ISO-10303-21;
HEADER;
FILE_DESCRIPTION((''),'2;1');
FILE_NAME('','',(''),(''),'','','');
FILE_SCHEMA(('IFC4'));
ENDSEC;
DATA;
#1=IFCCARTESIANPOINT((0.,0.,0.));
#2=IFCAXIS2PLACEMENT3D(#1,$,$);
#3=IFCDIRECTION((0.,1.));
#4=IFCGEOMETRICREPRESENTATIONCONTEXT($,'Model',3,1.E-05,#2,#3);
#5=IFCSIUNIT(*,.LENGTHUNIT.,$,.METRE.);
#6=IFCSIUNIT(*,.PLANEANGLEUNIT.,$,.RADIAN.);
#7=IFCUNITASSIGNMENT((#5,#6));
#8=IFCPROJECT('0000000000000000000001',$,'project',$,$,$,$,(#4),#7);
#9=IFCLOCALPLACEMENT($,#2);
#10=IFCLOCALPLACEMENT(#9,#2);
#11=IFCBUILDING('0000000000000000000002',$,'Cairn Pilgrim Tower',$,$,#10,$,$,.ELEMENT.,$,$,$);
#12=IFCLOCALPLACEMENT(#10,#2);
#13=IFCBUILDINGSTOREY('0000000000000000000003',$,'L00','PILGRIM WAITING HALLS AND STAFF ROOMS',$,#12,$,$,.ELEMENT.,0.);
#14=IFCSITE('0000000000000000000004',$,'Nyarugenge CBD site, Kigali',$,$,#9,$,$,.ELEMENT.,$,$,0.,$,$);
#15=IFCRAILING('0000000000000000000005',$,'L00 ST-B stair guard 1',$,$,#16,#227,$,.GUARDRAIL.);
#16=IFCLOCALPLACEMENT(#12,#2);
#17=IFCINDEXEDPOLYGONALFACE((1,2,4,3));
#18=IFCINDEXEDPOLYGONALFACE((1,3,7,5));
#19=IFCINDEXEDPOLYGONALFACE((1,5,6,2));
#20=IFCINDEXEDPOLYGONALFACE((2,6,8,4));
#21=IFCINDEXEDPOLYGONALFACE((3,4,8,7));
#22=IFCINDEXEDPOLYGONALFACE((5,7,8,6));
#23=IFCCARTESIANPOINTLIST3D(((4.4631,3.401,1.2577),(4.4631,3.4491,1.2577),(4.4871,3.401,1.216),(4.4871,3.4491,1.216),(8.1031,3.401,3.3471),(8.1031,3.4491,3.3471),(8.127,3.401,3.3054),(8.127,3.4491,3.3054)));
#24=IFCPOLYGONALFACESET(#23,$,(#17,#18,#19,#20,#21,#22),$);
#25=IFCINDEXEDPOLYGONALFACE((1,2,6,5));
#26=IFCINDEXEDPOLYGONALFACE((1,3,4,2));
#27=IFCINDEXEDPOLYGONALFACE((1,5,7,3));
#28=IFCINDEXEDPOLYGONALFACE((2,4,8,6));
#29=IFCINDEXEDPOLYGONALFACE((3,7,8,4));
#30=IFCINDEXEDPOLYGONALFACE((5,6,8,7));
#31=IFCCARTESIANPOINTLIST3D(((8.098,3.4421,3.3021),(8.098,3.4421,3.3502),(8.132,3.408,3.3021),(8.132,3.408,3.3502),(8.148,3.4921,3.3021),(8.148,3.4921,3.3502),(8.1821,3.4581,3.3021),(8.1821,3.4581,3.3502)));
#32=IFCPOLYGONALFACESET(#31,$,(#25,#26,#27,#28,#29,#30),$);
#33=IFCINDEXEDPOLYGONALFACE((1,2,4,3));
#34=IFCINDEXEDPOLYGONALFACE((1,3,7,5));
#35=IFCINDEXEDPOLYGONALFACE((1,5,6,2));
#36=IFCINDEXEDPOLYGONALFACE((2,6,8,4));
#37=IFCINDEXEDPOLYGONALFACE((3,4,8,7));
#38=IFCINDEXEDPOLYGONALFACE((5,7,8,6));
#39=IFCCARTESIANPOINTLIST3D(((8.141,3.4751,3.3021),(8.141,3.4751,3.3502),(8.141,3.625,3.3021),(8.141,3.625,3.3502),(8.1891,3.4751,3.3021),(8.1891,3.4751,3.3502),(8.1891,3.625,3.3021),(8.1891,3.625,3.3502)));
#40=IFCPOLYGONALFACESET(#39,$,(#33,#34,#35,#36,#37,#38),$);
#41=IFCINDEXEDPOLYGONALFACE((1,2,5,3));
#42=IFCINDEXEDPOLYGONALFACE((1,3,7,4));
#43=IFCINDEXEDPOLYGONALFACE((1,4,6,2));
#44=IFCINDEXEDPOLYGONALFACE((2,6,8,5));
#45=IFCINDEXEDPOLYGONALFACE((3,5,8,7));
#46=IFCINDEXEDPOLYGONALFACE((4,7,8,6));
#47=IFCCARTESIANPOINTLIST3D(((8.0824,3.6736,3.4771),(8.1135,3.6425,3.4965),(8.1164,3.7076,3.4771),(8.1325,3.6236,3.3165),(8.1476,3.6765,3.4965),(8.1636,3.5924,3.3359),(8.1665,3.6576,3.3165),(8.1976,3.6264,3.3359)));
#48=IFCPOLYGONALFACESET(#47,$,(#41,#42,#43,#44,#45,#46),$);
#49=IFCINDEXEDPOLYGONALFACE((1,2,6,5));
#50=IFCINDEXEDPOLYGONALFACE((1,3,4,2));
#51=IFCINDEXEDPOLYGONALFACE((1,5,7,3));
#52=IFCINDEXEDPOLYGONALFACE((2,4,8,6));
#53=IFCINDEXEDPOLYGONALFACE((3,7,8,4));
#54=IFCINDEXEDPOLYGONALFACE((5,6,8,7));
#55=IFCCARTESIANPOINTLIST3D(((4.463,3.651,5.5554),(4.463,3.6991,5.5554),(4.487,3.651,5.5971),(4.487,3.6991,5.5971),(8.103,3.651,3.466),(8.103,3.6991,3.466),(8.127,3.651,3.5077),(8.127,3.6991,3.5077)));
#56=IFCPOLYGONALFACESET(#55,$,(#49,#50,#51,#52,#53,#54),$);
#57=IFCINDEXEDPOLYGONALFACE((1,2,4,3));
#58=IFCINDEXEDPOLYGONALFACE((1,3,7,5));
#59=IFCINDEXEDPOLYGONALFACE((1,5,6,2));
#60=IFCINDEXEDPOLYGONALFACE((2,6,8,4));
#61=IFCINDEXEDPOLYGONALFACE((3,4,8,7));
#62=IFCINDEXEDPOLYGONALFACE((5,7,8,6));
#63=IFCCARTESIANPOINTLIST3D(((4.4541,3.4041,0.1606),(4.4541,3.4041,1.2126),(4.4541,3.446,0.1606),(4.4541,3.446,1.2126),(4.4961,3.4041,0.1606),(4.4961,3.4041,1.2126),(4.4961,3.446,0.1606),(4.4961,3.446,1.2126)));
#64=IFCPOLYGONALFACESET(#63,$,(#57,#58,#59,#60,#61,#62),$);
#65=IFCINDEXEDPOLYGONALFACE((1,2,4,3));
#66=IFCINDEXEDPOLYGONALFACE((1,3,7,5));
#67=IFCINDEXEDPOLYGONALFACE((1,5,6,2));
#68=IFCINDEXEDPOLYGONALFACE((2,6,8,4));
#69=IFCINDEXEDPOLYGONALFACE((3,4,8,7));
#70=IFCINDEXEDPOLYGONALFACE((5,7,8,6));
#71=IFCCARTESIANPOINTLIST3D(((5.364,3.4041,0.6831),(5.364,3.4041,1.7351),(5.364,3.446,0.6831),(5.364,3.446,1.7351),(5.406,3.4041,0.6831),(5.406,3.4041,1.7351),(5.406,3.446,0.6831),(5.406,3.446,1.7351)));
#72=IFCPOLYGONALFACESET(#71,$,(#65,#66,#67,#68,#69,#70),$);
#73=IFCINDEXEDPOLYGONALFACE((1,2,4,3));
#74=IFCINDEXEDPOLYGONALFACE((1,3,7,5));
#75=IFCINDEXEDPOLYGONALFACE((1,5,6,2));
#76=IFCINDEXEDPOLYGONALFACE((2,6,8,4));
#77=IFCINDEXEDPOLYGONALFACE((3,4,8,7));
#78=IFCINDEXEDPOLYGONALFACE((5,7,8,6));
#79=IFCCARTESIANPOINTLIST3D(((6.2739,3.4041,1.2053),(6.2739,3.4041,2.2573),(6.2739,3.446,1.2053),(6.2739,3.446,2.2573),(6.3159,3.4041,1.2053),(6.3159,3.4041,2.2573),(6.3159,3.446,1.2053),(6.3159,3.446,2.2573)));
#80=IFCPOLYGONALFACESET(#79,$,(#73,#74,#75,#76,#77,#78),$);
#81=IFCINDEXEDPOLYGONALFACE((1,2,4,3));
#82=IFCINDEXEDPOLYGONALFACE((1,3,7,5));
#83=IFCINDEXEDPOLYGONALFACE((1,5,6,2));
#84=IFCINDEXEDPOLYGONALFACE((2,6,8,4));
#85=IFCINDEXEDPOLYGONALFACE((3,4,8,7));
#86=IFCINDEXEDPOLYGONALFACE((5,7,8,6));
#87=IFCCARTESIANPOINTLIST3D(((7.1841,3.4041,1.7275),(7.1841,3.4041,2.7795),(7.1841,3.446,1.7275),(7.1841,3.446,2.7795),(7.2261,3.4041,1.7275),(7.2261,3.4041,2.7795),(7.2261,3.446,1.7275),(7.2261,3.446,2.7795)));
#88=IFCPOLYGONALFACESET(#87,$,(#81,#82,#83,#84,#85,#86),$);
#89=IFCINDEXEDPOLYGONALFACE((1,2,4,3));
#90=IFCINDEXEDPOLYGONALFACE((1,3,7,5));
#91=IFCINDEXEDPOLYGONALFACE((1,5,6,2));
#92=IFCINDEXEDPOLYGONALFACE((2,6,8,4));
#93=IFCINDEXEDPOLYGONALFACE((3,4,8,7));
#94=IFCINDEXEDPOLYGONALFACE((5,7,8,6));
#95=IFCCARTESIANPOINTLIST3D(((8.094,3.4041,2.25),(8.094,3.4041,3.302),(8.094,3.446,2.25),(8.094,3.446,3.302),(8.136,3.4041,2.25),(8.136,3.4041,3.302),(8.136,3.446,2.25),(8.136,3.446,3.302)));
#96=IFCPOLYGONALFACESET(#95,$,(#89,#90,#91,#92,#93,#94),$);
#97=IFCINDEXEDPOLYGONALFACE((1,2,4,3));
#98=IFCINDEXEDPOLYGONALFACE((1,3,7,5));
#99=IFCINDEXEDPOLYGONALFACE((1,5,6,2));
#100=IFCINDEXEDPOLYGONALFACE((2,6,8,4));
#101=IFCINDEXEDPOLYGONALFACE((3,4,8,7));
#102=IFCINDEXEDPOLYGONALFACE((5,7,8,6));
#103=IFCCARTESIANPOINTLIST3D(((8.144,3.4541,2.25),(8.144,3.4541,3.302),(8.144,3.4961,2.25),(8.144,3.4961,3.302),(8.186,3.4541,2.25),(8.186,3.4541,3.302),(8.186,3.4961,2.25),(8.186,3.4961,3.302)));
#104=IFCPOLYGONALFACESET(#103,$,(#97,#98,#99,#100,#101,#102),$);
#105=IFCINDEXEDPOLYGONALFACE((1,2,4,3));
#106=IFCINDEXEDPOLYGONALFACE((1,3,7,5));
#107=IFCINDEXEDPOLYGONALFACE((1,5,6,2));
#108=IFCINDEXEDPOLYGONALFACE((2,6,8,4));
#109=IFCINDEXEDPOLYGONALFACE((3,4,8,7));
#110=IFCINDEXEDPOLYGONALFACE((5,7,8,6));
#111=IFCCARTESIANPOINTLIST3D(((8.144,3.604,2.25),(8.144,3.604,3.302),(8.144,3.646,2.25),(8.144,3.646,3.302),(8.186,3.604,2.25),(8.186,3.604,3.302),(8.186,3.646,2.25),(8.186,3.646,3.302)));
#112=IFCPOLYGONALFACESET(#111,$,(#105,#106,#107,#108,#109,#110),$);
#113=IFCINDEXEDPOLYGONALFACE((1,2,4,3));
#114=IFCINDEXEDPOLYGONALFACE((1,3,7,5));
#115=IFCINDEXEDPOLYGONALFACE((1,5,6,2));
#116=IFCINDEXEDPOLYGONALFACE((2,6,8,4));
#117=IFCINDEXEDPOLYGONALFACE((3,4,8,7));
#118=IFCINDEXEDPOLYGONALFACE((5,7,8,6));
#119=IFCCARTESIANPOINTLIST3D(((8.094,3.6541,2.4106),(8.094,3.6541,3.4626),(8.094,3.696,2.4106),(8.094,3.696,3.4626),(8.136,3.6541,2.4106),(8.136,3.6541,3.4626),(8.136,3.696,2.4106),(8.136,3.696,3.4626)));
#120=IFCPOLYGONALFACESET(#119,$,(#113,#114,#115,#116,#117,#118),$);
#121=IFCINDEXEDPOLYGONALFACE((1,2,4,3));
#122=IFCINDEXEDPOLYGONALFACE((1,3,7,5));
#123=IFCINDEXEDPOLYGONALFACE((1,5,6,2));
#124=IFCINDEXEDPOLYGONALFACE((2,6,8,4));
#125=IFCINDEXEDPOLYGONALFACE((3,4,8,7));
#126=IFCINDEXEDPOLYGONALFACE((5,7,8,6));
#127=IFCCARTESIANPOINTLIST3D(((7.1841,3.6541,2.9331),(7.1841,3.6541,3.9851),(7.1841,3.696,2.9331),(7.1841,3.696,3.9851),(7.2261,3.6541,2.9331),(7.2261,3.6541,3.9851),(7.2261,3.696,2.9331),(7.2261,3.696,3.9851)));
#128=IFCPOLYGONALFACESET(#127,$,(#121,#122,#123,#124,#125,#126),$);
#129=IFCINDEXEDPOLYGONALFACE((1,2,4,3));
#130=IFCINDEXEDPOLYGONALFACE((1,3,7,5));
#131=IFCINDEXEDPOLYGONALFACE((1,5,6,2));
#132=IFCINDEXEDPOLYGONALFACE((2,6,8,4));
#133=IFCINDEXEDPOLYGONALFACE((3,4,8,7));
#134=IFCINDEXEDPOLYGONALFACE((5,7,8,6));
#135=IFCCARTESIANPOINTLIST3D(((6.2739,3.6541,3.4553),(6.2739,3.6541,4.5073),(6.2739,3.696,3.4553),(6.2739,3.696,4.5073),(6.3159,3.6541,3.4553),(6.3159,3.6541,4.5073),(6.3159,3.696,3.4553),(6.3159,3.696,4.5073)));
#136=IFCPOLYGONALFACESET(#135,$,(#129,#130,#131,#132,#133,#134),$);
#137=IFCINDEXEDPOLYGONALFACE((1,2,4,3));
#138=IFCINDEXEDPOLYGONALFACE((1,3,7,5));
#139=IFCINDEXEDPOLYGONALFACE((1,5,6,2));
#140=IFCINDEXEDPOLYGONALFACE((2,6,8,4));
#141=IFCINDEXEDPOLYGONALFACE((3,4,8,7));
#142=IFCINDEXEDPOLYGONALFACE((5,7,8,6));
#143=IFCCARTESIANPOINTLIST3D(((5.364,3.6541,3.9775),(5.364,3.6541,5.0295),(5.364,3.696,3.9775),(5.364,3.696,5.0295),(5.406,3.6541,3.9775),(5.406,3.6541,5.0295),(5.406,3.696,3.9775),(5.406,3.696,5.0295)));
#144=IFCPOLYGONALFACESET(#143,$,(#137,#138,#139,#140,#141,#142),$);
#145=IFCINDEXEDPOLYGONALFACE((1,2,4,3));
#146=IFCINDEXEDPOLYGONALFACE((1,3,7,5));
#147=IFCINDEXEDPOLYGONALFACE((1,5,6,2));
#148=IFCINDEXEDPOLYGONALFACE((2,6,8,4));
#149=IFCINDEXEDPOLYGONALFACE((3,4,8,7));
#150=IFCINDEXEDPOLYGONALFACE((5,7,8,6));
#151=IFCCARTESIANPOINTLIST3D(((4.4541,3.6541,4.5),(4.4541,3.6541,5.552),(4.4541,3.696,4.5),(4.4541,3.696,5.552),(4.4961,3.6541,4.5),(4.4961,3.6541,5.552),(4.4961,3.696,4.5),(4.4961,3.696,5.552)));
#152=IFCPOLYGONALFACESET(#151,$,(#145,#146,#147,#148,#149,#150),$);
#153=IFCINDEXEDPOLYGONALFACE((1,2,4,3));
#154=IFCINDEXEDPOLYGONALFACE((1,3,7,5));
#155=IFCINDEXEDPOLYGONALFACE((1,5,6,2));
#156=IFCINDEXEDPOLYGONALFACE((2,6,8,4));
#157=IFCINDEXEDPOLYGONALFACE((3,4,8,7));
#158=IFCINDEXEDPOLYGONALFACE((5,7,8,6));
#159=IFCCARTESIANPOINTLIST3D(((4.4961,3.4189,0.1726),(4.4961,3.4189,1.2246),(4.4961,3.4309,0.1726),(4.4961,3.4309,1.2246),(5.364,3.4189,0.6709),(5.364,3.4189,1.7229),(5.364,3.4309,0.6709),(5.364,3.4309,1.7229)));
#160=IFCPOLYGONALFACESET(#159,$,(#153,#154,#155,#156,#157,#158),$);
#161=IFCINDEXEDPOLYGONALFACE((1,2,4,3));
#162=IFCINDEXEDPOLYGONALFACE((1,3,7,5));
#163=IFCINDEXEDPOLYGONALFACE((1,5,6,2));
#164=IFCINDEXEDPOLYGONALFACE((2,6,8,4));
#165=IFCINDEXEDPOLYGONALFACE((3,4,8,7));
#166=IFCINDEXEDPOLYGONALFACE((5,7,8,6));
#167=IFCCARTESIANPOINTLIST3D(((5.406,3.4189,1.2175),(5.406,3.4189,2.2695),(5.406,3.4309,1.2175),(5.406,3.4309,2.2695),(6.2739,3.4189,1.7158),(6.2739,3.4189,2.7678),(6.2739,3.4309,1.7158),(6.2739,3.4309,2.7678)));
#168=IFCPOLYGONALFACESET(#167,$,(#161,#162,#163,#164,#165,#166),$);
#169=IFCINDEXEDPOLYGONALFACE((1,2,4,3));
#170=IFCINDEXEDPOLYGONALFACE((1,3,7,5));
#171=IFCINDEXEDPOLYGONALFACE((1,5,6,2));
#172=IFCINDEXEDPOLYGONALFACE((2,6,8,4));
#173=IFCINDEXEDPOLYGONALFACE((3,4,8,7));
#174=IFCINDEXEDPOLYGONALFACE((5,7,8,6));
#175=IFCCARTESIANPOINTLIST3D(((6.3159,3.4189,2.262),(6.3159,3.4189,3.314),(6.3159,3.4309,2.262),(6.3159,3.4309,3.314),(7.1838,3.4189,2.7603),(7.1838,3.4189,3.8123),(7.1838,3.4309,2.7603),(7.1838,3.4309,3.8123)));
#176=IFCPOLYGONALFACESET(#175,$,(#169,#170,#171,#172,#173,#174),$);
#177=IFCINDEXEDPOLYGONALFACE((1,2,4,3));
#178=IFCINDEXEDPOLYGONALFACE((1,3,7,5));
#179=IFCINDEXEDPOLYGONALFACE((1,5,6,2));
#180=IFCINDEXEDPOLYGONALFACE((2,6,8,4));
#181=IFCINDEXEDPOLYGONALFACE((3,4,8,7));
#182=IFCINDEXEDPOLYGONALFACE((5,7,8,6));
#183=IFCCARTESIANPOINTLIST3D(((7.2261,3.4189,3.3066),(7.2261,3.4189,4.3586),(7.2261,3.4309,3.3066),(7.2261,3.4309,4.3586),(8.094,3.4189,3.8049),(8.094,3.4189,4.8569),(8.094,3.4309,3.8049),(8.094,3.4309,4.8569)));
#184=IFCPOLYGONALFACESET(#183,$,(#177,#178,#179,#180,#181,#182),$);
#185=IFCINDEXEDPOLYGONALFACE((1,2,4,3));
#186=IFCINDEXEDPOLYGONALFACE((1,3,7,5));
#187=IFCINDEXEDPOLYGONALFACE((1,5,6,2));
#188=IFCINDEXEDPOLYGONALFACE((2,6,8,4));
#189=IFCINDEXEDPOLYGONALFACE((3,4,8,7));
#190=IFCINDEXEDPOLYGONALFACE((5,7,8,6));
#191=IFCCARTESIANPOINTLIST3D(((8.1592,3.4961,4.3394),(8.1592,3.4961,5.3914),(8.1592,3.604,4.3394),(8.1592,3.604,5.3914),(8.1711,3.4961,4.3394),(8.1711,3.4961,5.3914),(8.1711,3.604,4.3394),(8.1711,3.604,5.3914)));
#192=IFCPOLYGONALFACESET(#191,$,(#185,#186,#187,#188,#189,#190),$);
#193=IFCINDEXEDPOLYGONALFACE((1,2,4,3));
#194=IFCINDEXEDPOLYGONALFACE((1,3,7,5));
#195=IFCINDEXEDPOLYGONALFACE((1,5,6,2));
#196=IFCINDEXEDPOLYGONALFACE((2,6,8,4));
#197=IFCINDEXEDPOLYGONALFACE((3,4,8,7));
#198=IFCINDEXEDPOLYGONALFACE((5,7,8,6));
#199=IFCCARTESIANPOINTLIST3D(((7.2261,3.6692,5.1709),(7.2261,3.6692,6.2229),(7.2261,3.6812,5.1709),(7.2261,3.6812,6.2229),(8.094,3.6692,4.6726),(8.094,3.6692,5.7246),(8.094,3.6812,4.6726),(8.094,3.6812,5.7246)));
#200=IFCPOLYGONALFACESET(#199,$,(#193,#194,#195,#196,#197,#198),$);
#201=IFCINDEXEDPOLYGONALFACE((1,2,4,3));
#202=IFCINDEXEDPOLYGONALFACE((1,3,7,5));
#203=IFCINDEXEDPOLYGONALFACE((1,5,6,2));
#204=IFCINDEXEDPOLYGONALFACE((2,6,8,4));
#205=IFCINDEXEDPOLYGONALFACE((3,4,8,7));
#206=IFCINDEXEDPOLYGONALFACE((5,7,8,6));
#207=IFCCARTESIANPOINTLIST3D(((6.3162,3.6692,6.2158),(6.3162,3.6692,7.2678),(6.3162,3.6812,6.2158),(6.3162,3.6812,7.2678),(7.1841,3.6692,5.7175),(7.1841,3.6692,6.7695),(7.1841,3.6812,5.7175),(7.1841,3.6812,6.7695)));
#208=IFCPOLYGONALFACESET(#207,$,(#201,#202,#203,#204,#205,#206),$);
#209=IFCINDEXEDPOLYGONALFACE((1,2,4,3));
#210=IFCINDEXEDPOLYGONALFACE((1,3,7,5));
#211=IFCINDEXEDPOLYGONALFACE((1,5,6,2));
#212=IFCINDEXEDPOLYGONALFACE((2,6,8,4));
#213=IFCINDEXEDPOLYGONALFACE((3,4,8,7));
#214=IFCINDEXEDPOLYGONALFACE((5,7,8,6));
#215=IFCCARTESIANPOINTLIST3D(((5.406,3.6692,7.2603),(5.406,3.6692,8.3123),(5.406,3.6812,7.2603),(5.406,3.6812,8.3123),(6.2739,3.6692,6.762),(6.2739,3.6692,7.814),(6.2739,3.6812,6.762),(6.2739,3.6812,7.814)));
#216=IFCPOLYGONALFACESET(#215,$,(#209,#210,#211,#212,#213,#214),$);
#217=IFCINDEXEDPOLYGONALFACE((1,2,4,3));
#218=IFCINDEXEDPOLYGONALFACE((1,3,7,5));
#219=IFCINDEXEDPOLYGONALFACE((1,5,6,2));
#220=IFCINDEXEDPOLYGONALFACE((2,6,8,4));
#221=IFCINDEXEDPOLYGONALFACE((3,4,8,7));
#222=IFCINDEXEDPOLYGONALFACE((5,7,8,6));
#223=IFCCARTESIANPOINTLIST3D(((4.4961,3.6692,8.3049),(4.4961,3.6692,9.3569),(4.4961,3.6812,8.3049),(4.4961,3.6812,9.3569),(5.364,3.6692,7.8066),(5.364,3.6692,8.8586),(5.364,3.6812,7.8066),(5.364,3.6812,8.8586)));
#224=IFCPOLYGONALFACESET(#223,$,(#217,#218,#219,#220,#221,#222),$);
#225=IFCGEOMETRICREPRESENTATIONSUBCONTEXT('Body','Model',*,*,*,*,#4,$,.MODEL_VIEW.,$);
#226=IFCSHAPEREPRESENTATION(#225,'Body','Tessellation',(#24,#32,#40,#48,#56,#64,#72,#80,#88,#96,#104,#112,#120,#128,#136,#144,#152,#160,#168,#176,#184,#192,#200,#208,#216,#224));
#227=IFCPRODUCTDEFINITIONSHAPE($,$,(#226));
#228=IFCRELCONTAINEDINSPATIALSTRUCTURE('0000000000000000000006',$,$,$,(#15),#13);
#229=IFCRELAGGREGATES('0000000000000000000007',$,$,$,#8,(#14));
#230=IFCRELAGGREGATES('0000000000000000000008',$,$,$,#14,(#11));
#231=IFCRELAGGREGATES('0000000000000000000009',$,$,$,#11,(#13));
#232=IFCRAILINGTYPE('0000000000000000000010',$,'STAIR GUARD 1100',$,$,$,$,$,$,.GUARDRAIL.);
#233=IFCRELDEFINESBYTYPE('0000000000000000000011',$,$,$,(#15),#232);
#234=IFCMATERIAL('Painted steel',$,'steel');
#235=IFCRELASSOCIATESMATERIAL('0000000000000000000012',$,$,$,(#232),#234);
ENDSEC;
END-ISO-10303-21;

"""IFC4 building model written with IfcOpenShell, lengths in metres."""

from ifc_helpers import new_model, si_unit, direction, frame, origin, origin_2d, place, context, subcontext, project, spatial, polyline, rectangle, outline, extrude, material, type_object, element, save


model = new_model("IFC4")

# Units and contexts
model_context = context("Model", 3, precision=1e-05, world=origin(), true_north=direction((0.0, 1.0)))
body_context = subcontext(model_context, "Body", "Model", "MODEL_VIEW")
ifc_project = project(units=[si_unit("LENGTHUNIT", "METRE"), si_unit("PLANEANGLEUNIT", "RADIAN")], contexts=[model_context])

# Site, building, storey
site_placement = place(None, origin())
site = spatial("IfcSite", under=ifc_project, at=site_placement, Name="Nyarugenge CBD site, Kigali", CompositionType="ELEMENT", RefElevation=0.0)
building_placement = place(site_placement, origin())
building = spatial("IfcBuilding", under=site, at=building_placement, Name="Cairn Pilgrim Tower", CompositionType="ELEMENT")
storey_placement = place(building_placement, origin())
storey = spatial("IfcBuildingStorey", under=building, at=storey_placement, Name="L00", Description="PILGRIM WAITING HALLS AND STAFF ROOMS", CompositionType="ELEMENT", Elevation=0.0)

# Shared definitions
ifc_material_1 = material(Name="Painted steel", Category="steel")

# Railing
railing_type_1 = type_object("IfcRailingType", Name="STAIR GUARD 1100", PredefinedType="GUARDRAIL", material=ifc_material_1)
railing_1_placement = place(storey_placement, frame((4.4751, 3.425, 0.1606)))
element("IfcRailing", 1, at=railing_1_placement, inside=storey, type_object=railing_type_1, Name="L00 ST-B stair guard 1", PredefinedType="GUARDRAIL", context=body_context, shape_type="SweptSolid", body=[
    extrude(rectangle(XDim=0.0481, YDim=0.0481, at=origin_2d()), frame((0.0, 0.0, 1.0762), z_axis=(0.867275, 0.0, 0.497829), x_axis=(0.0, 1.0, 0.0)), (0.0, 0.0, 1.0), 4.197),
    extrude(rectangle(XDim=0.0481, YDim=0.0481, at=origin_2d()), frame((3.6399, 0.0, 3.1655), z_axis=(0.707107, 0.707107, 0.0), x_axis=(-0.707107, 0.707107, 0.0)), (0.0, 0.0, 1.0), 0.0708),
    extrude(rectangle(XDim=0.0481, YDim=0.0481, at=origin_2d()), frame((3.6899, 0.05, 3.1655), z_axis=(0.0, 1.0, 0.0), x_axis=(-1.0, 0.0, 0.0)), (0.0, 0.0, 1.0), 0.1499),
    extrude(rectangle(XDim=0.0481, YDim=0.0481, at=origin_2d()), frame((3.6899, 0.2, 3.1655), z_axis=(-0.285104, 0.285104, 0.915113), x_axis=(-0.707107, -0.707107, 0.0)), (0.0, 0.0, 1.0), 0.1755),
    extrude(rectangle(XDim=0.0481, YDim=0.0481, at=origin_2d()), frame((3.6399, 0.25, 3.3262), z_axis=(-0.867275, 0.0, 0.497829), x_axis=(0.0, -1.0, 0.0)), (0.0, 0.0, 1.0), 4.197),
    extrude(rectangle(XDim=0.042, YDim=0.042, at=origin_2d()), origin(), (0.0, 0.0, 1.0), 1.052),
    extrude(rectangle(XDim=0.042, YDim=0.042, at=origin_2d()), frame((0.9099, 0.0, 0.5225)), (0.0, 0.0, 1.0), 1.052),
    extrude(rectangle(XDim=0.042, YDim=0.042, at=origin_2d()), frame((1.8198, 0.0, 1.0447)), (0.0, 0.0, 1.0), 1.052),
    extrude(rectangle(XDim=0.042, YDim=0.042, at=origin_2d()), frame((2.73, 0.0, 1.5669)), (0.0, 0.0, 1.0), 1.052),
    extrude(rectangle(XDim=0.042, YDim=0.042, at=origin_2d()), frame((3.6399, 0.0, 2.0894)), (0.0, 0.0, 1.0), 1.052),
    extrude(rectangle(XDim=0.042, YDim=0.042, at=origin_2d()), frame((3.6899, 0.05, 2.0894)), (0.0, 0.0, 1.0), 1.052),
    extrude(rectangle(XDim=0.042, YDim=0.042, at=origin_2d()), frame((3.6899, 0.2, 2.0894)), (0.0, 0.0, 1.0), 1.052),
    extrude(rectangle(XDim=0.042, YDim=0.042, at=origin_2d()), frame((3.6399, 0.25, 2.25)), (0.0, 0.0, 1.0), 1.052),
    extrude(rectangle(XDim=0.042, YDim=0.042, at=origin_2d()), frame((2.73, 0.25, 2.7725)), (0.0, 0.0, 1.0), 1.052),
    extrude(rectangle(XDim=0.042, YDim=0.042, at=origin_2d()), frame((1.8198, 0.25, 3.2947)), (0.0, 0.0, 1.0), 1.052),
    extrude(rectangle(XDim=0.042, YDim=0.042, at=origin_2d()), frame((0.9099, 0.25, 3.8169)), (0.0, 0.0, 1.0), 1.052),
    extrude(rectangle(XDim=0.042, YDim=0.042, at=origin_2d()), frame((0.0, 0.25, 4.3394)), (0.0, 0.0, 1.0), 1.052),
    extrude(outline(polyline([(0.021, 0.012), (0.8889, 0.5103), (0.8889, 1.5623), (0.021, 1.064), (0.021, 0.012)])), frame((0.0, 0.0059, 0.0), z_axis=(0.0, -1.0, 0.0), x_axis=(1.0, 0.0, 0.0)), (0.0, 0.0, 1.0), 0.012),
    extrude(outline(polyline([(0.021, 0.5344), (0.8889, 1.0327), (0.8889, 2.0847), (0.021, 1.5864), (0.021, 0.5344)])), frame((0.9099, 0.0059, 0.5225), z_axis=(0.0, -1.0, 0.0), x_axis=(1.0, 0.0, 0.0)), (0.0, 0.0, 1.0), 0.012),
    extrude(outline(polyline([(0.021, 1.0566), (0.8889, 1.5549), (0.8889, 2.6069), (0.021, 2.1086), (0.021, 1.0566)])), frame((1.8198, 0.0059, 1.0447), z_axis=(0.0, -1.0, 0.0), x_axis=(1.0, 0.0, 0.0)), (0.0, 0.0, 1.0), 0.012),
    extrude(outline(polyline([(0.021, 1.5791), (0.8889, 2.0774), (0.8889, 3.1294), (0.021, 2.6311), (0.021, 1.5791)])), frame((2.73, 0.0059, 1.5669), z_axis=(0.0, -1.0, 0.0), x_axis=(1.0, 0.0, 0.0)), (0.0, 0.0, 1.0), 0.012),
    extrude(outline(polyline([(0.021, 2.0894), (0.1289, 2.0894), (0.1289, 3.1414), (0.021, 3.1414), (0.021, 2.0894)])), frame((3.6841, 0.05, 2.0894), z_axis=(1.0, 0.0, 0.0), x_axis=(0.0, 1.0, 0.0)), (0.0, 0.0, 1.0), 0.012),
    extrude(outline(polyline([(0.021, 2.262), (0.8889, 2.7603), (0.8889, 3.8123), (0.021, 3.314), (0.021, 2.262)])), frame((3.6399, 0.2441, 2.25), z_axis=(0.0, 1.0, 0.0), x_axis=(-1.0, 0.0, 0.0)), (0.0, 0.0, 1.0), 0.012),
    extrude(outline(polyline([(0.021, 2.7844), (0.8889, 3.2827), (0.8889, 4.3347), (0.021, 3.8364), (0.021, 2.7844)])), frame((2.73, 0.2441, 2.7725), z_axis=(0.0, 1.0, 0.0), x_axis=(-1.0, 0.0, 0.0)), (0.0, 0.0, 1.0), 0.012),
    extrude(outline(polyline([(0.021, 3.3066), (0.8889, 3.8049), (0.8889, 4.8569), (0.021, 4.3586), (0.021, 3.3066)])), frame((1.8198, 0.2441, 3.2947), z_axis=(0.0, 1.0, 0.0), x_axis=(-1.0, 0.0, 0.0)), (0.0, 0.0, 1.0), 0.012),
    extrude(outline(polyline([(0.021, 3.8291), (0.8889, 4.3274), (0.8889, 5.3794), (0.021, 4.8811), (0.021, 3.8291)])), frame((0.9099, 0.2441, 3.8169), z_axis=(0.0, 1.0, 0.0), x_axis=(-1.0, 0.0, 0.0)), (0.0, 0.0, 1.0), 0.012),
])

save(model, "model.ifc")
